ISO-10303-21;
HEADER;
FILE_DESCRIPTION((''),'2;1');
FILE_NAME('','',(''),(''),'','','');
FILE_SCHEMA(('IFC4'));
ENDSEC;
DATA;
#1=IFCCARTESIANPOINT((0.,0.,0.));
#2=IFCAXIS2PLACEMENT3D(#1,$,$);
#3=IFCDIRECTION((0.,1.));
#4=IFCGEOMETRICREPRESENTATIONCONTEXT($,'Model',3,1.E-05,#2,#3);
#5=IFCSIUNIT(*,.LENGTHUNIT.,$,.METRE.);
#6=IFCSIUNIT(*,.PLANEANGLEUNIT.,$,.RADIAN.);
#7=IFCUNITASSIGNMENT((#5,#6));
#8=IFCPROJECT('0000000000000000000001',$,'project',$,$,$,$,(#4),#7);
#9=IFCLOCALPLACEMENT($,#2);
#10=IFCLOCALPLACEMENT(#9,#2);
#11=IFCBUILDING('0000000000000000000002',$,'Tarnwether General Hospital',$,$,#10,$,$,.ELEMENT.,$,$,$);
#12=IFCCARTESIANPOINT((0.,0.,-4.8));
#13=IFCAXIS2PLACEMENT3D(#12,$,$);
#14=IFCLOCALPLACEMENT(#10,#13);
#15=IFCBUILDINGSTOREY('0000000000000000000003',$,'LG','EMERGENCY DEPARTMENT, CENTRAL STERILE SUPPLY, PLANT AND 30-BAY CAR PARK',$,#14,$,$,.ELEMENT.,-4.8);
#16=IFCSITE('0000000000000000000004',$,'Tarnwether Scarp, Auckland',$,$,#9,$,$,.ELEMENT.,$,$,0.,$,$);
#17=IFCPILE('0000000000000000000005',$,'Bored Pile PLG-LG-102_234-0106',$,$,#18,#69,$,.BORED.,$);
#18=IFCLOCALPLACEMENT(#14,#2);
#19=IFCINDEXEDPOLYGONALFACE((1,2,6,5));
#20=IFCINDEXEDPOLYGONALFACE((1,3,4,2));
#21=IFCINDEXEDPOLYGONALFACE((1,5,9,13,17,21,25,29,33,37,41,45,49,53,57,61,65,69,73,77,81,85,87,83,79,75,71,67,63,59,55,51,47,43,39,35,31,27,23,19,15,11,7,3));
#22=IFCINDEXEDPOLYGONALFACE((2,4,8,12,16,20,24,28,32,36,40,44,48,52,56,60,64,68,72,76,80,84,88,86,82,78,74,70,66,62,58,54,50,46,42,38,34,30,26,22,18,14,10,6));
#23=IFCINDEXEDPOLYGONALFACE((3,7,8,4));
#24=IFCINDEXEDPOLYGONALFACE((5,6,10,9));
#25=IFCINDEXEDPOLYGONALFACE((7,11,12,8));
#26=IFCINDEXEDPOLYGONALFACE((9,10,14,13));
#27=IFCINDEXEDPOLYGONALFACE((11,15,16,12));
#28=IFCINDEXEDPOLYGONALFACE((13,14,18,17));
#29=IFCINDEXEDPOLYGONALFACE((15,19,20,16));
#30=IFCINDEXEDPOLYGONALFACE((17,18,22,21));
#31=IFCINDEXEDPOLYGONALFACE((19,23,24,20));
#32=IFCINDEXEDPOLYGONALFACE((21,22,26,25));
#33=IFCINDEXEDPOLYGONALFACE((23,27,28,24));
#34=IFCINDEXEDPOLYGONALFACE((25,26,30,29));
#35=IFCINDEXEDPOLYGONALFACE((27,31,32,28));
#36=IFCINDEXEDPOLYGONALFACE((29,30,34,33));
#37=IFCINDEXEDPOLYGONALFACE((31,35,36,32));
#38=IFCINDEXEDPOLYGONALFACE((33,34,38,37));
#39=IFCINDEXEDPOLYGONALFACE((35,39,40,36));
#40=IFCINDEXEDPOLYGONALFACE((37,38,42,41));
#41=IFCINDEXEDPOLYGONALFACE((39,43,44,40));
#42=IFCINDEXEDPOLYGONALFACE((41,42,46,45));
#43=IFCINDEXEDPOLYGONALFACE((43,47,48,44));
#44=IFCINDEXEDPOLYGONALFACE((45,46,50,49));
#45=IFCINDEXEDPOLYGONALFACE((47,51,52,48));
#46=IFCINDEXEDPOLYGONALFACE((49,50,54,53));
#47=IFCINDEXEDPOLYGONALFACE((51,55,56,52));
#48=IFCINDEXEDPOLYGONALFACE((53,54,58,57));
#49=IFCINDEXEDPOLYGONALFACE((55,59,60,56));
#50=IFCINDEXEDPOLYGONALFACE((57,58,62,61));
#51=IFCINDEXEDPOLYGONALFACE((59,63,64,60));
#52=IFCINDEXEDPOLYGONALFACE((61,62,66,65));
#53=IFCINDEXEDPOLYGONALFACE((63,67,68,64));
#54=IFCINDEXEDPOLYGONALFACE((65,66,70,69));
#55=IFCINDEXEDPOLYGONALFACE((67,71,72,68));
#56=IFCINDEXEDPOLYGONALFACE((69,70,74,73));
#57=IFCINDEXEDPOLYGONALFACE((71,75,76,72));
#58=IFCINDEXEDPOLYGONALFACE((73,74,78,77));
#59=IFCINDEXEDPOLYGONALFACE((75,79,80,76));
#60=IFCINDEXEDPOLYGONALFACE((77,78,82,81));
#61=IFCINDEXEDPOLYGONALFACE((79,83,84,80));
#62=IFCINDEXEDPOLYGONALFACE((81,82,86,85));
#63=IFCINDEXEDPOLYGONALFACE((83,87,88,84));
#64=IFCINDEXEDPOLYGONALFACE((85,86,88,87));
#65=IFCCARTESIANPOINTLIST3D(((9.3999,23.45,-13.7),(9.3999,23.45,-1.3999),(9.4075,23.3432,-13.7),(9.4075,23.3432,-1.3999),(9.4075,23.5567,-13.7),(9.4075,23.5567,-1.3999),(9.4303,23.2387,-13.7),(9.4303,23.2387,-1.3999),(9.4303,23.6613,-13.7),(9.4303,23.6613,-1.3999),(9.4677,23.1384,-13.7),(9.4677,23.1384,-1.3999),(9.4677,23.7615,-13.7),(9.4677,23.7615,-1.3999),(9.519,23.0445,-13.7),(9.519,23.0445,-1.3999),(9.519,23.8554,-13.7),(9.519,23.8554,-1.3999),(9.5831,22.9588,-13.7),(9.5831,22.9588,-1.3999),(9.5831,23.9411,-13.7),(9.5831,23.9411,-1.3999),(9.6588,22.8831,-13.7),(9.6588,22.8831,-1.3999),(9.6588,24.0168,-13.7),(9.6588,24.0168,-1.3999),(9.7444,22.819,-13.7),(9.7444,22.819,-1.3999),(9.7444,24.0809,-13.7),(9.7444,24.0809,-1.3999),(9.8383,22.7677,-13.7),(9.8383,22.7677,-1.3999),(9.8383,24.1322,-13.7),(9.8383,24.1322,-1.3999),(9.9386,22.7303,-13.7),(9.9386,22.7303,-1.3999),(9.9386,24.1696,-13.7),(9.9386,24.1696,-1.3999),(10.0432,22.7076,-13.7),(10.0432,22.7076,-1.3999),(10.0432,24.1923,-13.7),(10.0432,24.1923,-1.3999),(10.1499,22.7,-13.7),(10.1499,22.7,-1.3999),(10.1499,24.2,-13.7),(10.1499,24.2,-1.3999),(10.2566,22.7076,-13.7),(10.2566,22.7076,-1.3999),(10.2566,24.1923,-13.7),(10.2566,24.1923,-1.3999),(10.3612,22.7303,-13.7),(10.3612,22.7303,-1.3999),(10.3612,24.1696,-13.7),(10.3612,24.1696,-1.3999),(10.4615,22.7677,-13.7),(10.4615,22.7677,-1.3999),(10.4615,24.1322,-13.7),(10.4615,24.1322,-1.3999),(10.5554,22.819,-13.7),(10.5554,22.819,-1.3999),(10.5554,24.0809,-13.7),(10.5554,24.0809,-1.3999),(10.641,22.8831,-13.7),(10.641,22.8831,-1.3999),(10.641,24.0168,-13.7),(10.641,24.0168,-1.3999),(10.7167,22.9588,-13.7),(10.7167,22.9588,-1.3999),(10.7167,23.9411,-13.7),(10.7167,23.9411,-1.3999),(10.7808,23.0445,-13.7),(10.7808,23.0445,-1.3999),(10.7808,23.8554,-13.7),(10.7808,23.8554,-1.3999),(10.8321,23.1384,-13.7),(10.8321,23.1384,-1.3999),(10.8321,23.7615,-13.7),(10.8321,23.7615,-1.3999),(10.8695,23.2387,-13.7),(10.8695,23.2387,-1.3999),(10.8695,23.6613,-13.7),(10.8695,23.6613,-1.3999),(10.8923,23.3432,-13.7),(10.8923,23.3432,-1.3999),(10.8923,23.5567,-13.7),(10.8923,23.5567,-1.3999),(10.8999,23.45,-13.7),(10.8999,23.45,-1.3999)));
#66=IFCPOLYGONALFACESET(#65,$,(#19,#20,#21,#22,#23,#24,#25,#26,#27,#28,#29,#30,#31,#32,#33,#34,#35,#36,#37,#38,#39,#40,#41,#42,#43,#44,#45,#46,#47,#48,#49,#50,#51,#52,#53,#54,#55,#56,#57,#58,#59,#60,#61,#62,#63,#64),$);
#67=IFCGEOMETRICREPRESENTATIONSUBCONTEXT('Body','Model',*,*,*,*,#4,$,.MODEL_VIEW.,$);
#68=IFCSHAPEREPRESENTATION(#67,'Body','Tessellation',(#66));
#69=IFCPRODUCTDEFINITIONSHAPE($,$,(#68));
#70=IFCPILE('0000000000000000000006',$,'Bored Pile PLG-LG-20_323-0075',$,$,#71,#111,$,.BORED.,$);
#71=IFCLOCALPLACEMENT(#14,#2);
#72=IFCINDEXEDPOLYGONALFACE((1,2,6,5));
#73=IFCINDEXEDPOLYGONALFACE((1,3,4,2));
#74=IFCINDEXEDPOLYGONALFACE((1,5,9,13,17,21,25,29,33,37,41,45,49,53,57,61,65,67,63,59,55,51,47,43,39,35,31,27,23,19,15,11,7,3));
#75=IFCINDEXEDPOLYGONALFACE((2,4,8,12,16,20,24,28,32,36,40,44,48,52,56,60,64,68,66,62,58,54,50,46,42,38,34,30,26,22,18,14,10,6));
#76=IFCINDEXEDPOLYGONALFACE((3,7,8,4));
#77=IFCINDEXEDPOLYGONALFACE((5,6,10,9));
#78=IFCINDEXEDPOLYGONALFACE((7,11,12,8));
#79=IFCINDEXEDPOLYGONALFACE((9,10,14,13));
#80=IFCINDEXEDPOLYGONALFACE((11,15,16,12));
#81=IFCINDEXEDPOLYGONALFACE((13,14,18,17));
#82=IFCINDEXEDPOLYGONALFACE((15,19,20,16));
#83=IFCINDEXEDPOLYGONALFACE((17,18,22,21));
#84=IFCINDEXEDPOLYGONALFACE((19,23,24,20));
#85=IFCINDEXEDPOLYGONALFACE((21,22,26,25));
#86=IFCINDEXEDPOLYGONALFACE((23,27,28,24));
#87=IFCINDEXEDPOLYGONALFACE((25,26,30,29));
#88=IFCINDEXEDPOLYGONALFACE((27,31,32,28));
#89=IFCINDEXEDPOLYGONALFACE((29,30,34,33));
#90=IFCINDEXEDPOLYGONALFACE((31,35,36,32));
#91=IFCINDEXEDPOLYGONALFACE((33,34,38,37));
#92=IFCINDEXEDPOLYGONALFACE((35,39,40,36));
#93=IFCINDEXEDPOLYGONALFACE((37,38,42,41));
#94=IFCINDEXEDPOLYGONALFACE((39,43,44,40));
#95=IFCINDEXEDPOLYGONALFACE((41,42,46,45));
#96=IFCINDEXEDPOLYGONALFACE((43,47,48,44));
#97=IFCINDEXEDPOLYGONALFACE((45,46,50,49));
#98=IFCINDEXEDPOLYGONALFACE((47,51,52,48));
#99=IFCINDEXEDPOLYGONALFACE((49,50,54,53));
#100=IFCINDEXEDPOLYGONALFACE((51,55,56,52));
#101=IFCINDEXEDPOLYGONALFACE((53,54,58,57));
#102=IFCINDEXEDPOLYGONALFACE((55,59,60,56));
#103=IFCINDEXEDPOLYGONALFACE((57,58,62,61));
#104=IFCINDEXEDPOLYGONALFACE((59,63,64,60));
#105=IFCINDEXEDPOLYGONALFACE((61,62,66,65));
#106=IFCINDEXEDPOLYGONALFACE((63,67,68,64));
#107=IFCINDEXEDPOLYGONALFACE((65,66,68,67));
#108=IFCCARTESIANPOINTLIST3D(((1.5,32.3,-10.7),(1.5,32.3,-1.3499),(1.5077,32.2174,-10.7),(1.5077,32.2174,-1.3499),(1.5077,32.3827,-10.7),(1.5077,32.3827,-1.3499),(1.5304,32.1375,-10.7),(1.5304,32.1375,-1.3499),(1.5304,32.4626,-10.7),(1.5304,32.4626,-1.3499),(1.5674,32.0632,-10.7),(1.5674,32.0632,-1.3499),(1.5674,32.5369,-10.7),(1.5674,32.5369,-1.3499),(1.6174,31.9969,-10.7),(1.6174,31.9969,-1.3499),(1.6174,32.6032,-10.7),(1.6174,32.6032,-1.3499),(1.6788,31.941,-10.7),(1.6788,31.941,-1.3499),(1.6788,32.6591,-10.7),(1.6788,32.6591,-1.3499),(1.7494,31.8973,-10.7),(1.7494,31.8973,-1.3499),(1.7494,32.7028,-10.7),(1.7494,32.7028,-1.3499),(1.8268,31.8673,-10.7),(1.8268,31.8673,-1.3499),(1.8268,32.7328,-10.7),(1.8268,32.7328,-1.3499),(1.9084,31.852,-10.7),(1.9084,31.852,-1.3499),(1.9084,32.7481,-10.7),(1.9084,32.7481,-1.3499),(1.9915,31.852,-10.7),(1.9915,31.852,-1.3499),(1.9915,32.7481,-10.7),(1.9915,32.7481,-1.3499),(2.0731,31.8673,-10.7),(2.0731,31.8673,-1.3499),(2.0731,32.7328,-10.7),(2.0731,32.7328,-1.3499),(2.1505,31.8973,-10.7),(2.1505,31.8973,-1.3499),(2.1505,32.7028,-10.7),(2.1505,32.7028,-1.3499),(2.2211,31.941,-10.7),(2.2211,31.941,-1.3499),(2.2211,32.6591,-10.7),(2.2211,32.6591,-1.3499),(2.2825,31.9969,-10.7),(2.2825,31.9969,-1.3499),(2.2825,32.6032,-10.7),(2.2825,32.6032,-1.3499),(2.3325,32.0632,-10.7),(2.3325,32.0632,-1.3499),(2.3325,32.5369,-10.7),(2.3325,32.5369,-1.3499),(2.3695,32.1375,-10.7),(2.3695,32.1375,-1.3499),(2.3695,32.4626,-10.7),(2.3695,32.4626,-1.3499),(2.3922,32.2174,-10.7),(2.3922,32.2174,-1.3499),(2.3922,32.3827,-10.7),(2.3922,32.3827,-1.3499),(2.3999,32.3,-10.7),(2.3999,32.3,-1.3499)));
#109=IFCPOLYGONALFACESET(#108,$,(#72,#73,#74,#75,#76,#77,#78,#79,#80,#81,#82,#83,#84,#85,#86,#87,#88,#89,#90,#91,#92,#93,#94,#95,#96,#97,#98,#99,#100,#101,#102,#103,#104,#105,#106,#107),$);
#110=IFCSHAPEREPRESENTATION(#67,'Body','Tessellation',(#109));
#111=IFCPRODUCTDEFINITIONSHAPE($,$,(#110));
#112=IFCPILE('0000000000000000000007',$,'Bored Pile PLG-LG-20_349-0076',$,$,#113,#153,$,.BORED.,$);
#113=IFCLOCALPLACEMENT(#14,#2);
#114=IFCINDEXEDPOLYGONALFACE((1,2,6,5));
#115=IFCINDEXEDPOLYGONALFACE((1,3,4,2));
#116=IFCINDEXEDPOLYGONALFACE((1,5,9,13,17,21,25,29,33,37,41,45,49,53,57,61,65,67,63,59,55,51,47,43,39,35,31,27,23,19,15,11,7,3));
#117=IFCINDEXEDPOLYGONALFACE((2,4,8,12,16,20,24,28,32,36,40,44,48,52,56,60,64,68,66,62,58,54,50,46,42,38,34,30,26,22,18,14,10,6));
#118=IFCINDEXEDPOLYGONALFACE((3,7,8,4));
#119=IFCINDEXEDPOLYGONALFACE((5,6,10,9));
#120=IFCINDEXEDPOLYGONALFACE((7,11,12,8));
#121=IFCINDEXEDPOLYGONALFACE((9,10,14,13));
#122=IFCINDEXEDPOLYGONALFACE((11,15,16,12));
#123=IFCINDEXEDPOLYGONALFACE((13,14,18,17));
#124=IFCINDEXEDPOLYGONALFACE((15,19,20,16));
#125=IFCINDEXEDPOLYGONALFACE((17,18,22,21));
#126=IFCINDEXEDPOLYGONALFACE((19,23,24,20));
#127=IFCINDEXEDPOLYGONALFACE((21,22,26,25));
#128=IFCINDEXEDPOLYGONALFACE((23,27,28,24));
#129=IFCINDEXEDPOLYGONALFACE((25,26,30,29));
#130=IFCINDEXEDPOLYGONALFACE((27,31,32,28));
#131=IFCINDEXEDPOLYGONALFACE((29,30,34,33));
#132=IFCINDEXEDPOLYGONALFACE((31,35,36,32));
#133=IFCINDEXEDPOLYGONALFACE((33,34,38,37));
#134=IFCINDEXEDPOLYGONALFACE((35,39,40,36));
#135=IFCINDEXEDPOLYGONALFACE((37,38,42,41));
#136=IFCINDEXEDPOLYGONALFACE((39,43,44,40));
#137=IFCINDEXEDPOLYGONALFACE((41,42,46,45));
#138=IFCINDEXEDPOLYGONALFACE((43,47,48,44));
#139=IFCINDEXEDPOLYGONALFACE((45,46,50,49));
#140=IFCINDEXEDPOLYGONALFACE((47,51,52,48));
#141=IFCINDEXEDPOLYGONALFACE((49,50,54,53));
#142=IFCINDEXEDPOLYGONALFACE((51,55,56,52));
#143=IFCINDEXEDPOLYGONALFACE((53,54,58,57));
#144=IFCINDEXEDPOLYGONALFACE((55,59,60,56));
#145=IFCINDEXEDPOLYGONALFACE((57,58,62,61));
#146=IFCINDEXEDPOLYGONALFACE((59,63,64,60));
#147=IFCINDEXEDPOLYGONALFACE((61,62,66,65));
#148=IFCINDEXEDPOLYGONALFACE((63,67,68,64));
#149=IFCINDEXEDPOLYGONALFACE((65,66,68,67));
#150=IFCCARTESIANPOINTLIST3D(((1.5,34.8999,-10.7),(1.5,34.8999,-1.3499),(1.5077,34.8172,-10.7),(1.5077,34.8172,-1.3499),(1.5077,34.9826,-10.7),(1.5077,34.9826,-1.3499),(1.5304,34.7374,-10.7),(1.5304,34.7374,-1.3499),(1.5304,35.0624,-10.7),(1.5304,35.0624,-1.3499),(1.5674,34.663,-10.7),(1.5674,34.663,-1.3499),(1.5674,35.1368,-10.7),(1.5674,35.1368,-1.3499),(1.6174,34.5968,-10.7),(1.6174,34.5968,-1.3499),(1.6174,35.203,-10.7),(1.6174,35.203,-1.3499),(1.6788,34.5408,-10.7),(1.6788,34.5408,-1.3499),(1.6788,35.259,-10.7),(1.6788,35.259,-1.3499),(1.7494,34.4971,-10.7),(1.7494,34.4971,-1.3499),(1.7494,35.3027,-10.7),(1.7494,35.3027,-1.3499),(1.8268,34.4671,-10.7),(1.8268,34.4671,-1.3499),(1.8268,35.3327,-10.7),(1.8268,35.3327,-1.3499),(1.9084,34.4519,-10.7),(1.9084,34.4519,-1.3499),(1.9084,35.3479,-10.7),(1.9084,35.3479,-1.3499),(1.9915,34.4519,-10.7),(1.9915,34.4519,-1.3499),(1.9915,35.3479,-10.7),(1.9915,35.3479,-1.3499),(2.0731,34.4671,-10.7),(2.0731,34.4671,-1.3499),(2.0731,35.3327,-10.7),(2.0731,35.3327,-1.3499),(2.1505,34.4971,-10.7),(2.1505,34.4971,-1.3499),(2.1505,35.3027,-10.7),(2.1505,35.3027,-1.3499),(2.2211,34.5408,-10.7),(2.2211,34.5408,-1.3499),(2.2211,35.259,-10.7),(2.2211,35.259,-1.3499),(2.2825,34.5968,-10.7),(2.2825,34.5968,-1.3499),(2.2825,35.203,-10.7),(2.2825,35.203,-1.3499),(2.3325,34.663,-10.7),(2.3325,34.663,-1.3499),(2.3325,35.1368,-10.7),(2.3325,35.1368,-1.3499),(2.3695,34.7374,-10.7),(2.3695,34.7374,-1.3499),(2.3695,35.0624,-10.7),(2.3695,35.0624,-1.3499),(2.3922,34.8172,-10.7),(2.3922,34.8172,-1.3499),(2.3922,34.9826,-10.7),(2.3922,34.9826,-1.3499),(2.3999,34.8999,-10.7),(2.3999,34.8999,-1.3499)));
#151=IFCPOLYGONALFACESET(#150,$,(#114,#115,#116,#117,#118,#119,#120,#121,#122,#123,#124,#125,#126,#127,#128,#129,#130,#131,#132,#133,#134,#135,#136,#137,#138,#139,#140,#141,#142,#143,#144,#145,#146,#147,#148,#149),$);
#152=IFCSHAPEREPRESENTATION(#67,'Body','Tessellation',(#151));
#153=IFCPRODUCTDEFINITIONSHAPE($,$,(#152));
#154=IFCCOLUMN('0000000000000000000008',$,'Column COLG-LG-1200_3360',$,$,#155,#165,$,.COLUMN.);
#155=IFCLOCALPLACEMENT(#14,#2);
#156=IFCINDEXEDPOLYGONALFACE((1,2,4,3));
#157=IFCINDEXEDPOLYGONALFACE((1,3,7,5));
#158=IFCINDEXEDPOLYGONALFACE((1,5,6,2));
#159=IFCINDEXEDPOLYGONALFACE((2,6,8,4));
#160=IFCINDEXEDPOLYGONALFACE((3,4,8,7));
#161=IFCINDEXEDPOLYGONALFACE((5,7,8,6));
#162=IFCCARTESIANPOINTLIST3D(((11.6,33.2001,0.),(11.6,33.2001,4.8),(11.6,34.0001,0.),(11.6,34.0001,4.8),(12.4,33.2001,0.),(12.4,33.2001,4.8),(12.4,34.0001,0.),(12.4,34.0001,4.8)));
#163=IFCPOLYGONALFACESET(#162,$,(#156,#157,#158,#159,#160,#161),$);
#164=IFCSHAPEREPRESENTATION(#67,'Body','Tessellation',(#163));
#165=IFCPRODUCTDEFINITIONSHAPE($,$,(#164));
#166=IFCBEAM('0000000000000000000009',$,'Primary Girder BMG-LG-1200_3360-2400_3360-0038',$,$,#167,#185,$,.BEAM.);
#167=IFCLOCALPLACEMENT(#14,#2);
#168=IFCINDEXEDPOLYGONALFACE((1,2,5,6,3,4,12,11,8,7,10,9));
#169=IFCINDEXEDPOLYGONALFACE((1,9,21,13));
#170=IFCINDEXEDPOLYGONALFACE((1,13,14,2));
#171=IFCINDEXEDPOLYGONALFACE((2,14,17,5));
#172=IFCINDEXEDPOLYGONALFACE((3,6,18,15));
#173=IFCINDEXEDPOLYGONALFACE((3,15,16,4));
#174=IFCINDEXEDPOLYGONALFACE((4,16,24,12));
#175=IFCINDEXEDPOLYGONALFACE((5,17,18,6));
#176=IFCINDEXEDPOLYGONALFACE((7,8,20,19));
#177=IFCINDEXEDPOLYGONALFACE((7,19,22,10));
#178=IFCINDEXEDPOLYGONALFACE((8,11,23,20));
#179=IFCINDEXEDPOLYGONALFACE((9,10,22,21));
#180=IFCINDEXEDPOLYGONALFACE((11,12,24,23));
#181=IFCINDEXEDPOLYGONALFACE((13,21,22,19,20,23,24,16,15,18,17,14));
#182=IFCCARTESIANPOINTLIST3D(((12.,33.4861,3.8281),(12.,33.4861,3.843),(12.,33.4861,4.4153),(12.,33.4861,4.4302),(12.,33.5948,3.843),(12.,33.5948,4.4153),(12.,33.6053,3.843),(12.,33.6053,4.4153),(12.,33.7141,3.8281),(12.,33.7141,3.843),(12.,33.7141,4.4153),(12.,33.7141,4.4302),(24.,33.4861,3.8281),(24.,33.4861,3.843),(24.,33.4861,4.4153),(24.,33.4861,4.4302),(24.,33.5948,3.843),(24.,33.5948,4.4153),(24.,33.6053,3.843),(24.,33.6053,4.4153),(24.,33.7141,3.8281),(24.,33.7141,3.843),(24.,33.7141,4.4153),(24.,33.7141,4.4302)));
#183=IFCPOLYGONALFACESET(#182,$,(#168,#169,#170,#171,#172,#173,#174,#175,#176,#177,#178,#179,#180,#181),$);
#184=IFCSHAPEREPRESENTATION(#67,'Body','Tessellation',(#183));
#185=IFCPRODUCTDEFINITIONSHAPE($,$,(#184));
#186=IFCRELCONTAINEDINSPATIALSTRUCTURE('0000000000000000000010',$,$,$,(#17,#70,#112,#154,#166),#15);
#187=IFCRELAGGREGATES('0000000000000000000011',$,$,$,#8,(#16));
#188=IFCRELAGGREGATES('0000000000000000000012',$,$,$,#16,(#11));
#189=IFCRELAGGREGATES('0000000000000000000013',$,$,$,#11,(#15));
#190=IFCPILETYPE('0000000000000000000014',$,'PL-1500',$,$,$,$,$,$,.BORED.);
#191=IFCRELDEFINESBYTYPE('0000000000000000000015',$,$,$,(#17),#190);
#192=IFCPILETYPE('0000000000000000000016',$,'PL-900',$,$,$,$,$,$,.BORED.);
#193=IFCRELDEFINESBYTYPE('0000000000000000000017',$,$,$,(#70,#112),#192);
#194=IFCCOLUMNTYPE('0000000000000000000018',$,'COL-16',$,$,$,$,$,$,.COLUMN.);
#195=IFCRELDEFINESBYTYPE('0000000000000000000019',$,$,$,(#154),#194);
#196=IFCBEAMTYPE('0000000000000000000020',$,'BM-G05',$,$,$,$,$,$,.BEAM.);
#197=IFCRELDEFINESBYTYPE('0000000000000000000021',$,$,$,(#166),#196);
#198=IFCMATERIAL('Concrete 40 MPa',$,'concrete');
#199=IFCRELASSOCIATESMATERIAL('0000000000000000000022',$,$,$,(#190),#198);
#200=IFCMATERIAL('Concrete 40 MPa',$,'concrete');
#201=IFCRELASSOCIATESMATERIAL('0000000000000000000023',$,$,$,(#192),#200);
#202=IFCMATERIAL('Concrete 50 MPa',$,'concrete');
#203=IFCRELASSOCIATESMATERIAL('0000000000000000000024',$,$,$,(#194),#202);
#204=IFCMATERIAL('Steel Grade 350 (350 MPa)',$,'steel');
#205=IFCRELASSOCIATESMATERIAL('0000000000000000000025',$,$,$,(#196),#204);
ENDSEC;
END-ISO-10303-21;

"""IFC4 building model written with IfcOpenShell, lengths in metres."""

from ifc_helpers import new_model, si_unit, direction, frame, origin, origin_2d, place, context, subcontext, project, spatial, rectangle, circle, i_section, extrude, material, material_profile, profile_set, type_object, element, save


model = new_model("IFC4")

# Units and contexts
model_context = context("Model", 3, precision=1e-05, world=origin(), true_north=direction((0.0, 1.0)))
body_context = subcontext(model_context, "Body", "Model", "MODEL_VIEW")
ifc_project = project(units=[si_unit("LENGTHUNIT", "METRE"), si_unit("PLANEANGLEUNIT", "RADIAN")], contexts=[model_context])

# Site, building, storey
site_placement = place(None, origin())
site = spatial("IfcSite", under=ifc_project, at=site_placement, Name="Tarnwether Scarp, Auckland", CompositionType="ELEMENT", RefElevation=0.0)
building_placement = place(site_placement, origin())
building = spatial("IfcBuilding", under=site, at=building_placement, Name="Tarnwether General Hospital", CompositionType="ELEMENT")
storey_placement = place(building_placement, frame((0.0, 0.0, -4.8)))
storey = spatial("IfcBuildingStorey", under=building, at=storey_placement, Name="LG", Description="EMERGENCY DEPARTMENT, CENTRAL STERILE SUPPLY, PLANT AND 30-BAY CAR PARK", CompositionType="ELEMENT", Elevation=-4.8)

# Piles
ifc_material_1 = material(Name="Concrete 40 MPa", Category="concrete")
ifc_material_profile_1 = material_profile(ifc_material_1, circle(Radius=0.75, at=origin_2d()), Name="PILE-D1500")
ifc_profile_set_1 = profile_set([ifc_material_profile_1], Name="Concrete 40 MPa")
pile_type_1 = type_object("IfcPileType", Name="PL-1500", PredefinedType="BORED", material=ifc_profile_set_1)
pile_placement = place(storey_placement, frame((10.1499, 23.45, -1.3999), z_axis=(0.0, 0.0, -1.0), x_axis=(1.0, 0.0, 0.0)))
element("IfcPile", 1, at=pile_placement, inside=storey, type_object=pile_type_1, Name="Bored Pile PLG-LG-102_234-0106", PredefinedType="BORED", context=body_context, shape_type="SweptSolid", body=[
    extrude(circle(Radius=0.75, at=origin_2d()), origin(), (0.0, 0.0, 1.0), 12.3),
])
ifc_material_2 = material(Name="Concrete 40 MPa", Category="concrete")
ifc_material_profile_2 = material_profile(ifc_material_2, circle(Radius=0.45, at=origin_2d()), Name="PILE-D900")
ifc_profile_set_2 = profile_set([ifc_material_profile_2], Name="Concrete 40 MPa")
pile_type_2 = type_object("IfcPileType", Name="PL-900", PredefinedType="BORED", material=ifc_profile_set_2)
for number, where, z_axis, x_axis, name in (
    (2, (1.95, 32.3, -1.3499), (0.0, 0.0, -1.0), (1.0, 0.0, 0.0), "Bored Pile PLG-LG-20_323-0075"),
    (3, (1.95, 34.8999, -1.3499), (0.0, 0.0, -1.0), (1.0, 0.0, 0.0), "Bored Pile PLG-LG-20_349-0076"),
):
    element("IfcPile", number, at=place(storey_placement, frame(where, z_axis=z_axis, x_axis=x_axis)), inside=storey, type_object=pile_type_2, Name=name, PredefinedType="BORED", context=body_context, shape_type="SweptSolid", body=[
        extrude(circle(Radius=0.45, at=origin_2d()), origin(), (0.0, 0.0, 1.0), 9.3501),
    ])

# Column
ifc_material_3 = material(Name="Concrete 50 MPa", Category="concrete")
ifc_material_profile_3 = material_profile(ifc_material_3, rectangle(XDim=0.8, YDim=0.8, at=origin_2d()), Name="RC-COL-800x800")
ifc_profile_set_3 = profile_set([ifc_material_profile_3], Name="Concrete 50 MPa")
column_type = type_object("IfcColumnType", Name="COL-16", PredefinedType="COLUMN", material=ifc_profile_set_3)
column_placement = place(storey_placement, frame((12.0, 33.6001, 0.0), z_axis=(0.0, 0.0, 1.0), x_axis=(0.0, 1.0, 0.0)))
element("IfcColumn", 4, at=column_placement, inside=storey, type_object=column_type, Name="Column COLG-LG-1200_3360", PredefinedType="COLUMN", context=body_context, shape_type="SweptSolid", body=[
    extrude(rectangle(XDim=0.8, YDim=0.8, at=origin_2d()), origin(), (0.0, 0.0, 1.0), 4.8),
])

# Beam
ifc_material_4 = material(Name="Steel Grade 350 (350 MPa)", Category="steel")
ifc_material_profile_4 = material_profile(ifc_material_4, i_section(OverallWidth=0.228, OverallDepth=0.6021, WebThickness=0.0105, FlangeThickness=0.0149, at=origin_2d()), Name="610UB101")
ifc_profile_set_4 = profile_set([ifc_material_profile_4], Name="Steel Grade 350 (350 MPa)")
beam_type_1 = type_object("IfcBeamType", Name="BM-G05", PredefinedType="BEAM", material=ifc_profile_set_4)
beam_1_placement = place(storey_placement, frame((12.0, 33.6001, 4.1292), z_axis=(1.0, 0.0, 0.0), x_axis=(0.0, 1.0, 0.0)))
element("IfcBeam", 5, at=beam_1_placement, inside=storey, type_object=beam_type_1, Name="Primary Girder BMG-LG-1200_3360-2400_3360-0038", PredefinedType="BEAM", context=body_context, shape_type="SweptSolid", body=[
    extrude(i_section(OverallWidth=0.228, OverallDepth=0.6021, WebThickness=0.0105, FlangeThickness=0.0149, at=origin_2d()), origin(), (0.0, 0.0, 1.0), 12.0),
])

save(model, "model.ifc")
